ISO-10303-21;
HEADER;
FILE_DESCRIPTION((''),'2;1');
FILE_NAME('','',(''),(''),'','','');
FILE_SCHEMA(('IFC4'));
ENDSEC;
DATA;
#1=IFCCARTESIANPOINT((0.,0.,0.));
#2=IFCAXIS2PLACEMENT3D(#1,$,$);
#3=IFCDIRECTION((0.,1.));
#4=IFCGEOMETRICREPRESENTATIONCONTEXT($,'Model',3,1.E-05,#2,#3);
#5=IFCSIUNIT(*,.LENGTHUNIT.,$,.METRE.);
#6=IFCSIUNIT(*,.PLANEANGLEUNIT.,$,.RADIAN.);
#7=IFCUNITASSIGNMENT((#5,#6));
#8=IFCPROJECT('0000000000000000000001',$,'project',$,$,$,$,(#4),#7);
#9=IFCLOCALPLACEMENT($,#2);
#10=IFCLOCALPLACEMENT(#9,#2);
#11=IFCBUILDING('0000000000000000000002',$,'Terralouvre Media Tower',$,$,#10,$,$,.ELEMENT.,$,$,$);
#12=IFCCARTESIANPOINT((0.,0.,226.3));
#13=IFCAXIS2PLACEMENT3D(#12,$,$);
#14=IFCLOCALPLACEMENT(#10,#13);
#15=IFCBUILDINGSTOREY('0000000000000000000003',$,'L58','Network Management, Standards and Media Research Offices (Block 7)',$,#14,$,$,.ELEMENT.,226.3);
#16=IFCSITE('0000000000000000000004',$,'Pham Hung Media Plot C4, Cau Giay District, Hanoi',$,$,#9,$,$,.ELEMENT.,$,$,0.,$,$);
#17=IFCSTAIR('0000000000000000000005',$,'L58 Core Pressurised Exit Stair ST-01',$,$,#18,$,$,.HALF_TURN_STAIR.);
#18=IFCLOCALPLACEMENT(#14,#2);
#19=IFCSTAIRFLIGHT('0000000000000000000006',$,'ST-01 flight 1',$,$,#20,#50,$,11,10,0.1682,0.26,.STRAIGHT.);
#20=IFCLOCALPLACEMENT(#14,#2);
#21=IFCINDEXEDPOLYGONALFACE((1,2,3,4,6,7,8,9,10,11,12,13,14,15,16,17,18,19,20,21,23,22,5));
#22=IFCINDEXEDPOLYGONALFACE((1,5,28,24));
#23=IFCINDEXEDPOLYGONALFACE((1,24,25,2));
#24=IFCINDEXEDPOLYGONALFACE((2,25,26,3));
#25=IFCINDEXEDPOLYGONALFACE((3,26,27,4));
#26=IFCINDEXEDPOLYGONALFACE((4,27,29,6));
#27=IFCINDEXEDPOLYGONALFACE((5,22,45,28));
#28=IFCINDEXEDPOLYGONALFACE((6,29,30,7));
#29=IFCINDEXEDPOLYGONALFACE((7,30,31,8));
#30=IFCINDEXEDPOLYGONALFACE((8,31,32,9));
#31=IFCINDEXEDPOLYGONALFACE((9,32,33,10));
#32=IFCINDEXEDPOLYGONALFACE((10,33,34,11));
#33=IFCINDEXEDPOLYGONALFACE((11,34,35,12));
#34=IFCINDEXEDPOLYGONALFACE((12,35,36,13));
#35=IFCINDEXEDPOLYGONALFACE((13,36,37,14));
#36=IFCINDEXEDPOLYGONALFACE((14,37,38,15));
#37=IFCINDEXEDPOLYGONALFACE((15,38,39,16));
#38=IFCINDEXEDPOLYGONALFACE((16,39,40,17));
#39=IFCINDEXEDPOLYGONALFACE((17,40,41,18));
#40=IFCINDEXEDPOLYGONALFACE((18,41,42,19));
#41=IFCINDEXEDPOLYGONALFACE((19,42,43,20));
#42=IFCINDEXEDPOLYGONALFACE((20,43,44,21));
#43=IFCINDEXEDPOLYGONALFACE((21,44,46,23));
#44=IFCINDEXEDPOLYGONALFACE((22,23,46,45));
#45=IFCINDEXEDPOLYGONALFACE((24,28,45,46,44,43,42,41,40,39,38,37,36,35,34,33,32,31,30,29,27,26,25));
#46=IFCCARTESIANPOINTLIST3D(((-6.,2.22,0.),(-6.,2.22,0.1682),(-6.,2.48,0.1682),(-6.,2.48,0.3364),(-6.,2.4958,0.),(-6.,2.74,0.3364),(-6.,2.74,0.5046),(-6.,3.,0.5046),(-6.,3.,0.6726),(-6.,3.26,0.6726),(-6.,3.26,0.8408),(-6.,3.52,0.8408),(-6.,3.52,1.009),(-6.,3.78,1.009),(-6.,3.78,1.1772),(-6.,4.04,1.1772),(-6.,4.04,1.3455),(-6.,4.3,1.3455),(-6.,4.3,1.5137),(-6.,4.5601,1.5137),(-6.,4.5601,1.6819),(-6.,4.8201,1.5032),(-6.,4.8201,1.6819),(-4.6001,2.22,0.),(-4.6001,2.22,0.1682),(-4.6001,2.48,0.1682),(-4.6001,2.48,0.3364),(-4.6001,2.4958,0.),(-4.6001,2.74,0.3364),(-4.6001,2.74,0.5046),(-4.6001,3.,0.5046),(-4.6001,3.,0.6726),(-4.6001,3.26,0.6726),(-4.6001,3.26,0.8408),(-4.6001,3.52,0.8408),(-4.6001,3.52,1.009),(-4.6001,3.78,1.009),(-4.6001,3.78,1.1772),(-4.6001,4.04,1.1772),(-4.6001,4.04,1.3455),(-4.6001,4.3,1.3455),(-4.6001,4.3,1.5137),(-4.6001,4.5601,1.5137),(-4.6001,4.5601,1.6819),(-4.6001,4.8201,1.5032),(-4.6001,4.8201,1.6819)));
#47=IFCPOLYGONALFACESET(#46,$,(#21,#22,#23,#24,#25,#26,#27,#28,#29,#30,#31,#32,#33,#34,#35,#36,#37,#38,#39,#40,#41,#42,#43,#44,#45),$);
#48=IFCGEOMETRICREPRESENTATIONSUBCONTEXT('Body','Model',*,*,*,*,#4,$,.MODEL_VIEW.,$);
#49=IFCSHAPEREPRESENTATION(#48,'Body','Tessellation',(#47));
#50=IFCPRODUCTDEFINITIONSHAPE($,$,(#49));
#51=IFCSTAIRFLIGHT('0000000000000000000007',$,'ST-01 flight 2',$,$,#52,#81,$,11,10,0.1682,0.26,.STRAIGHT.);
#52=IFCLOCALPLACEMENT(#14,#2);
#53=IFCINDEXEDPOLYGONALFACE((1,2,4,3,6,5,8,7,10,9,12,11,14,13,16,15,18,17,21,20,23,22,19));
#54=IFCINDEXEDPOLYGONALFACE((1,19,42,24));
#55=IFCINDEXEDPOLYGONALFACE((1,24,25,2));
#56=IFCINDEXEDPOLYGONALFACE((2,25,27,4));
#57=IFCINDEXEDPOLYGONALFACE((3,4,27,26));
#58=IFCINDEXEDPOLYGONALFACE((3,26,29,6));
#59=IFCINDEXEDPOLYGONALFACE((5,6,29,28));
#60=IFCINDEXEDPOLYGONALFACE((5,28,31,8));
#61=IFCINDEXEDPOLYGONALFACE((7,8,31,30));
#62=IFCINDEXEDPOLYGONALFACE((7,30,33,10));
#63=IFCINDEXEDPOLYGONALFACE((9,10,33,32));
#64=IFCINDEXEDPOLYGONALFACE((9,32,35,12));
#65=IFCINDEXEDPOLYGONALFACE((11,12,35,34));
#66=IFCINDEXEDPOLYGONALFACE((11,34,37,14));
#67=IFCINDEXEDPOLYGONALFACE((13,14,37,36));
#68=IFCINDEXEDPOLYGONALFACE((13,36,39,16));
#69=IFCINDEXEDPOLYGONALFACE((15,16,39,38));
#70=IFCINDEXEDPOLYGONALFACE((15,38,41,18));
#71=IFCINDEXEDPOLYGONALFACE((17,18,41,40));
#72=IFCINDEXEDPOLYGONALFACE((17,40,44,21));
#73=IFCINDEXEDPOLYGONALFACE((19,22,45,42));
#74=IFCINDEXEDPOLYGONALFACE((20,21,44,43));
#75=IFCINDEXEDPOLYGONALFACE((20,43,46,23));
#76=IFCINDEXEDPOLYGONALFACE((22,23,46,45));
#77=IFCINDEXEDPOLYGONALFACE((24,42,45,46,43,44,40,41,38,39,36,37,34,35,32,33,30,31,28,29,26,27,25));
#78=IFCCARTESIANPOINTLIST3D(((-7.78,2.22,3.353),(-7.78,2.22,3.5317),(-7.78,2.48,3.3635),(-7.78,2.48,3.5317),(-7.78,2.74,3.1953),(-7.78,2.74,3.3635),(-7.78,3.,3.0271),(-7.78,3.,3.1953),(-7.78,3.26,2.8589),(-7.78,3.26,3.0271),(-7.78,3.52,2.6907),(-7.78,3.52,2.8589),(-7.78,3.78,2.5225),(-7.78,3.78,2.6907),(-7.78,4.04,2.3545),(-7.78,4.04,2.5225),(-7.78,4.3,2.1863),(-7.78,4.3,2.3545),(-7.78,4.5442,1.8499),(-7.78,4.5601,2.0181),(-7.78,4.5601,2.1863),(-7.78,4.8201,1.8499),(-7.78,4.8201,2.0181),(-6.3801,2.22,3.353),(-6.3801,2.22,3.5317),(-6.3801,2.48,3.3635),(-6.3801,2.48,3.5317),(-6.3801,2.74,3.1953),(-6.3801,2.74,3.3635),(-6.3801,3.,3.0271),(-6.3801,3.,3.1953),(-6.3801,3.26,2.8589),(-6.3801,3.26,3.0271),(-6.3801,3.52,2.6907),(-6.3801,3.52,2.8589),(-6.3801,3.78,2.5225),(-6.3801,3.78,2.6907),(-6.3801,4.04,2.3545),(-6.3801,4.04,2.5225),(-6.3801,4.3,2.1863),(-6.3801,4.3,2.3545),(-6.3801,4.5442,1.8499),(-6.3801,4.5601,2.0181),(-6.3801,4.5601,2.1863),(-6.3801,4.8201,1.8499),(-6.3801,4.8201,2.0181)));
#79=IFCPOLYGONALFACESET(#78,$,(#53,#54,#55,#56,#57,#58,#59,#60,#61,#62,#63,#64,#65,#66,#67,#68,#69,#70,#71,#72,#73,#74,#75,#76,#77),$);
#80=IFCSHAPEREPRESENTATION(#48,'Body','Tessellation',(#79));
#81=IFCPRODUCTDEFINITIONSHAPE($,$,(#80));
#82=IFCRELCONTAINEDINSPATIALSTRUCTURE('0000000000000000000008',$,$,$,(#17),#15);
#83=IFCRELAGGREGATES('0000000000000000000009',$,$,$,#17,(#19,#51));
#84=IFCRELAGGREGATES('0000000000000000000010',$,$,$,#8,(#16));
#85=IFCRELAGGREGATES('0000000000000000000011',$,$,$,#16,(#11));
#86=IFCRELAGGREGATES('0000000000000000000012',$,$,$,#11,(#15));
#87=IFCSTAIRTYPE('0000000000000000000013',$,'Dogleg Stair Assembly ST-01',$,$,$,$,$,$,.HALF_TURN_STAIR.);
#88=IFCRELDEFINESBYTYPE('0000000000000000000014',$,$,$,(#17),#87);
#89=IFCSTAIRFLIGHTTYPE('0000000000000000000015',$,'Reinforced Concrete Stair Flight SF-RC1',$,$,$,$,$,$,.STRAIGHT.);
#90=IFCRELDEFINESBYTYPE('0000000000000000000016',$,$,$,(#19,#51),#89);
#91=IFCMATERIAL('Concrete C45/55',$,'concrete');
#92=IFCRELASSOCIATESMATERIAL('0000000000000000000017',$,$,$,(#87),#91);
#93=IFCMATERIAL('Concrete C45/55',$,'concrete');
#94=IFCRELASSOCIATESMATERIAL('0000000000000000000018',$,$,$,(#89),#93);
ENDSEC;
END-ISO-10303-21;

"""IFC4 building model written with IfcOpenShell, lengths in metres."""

from ifc_helpers import new_model, si_unit, direction, frame, origin, place, context, subcontext, project, spatial, polyline, outline, extrude, material, type_object, element, aggregate, save


model = new_model("IFC4")

# Units and contexts
model_context = context("Model", 3, precision=1e-05, world=origin(), true_north=direction((0.0, 1.0)))
body_context = subcontext(model_context, "Body", "Model", "MODEL_VIEW")
ifc_project = project(units=[si_unit("LENGTHUNIT", "METRE"), si_unit("PLANEANGLEUNIT", "RADIAN")], contexts=[model_context])

# Site, building, storey
site_placement = place(None, origin())
site = spatial("IfcSite", under=ifc_project, at=site_placement, Name="Pham Hung Media Plot C4, Cau Giay District, Hanoi", CompositionType="ELEMENT", RefElevation=0.0)
building_placement = place(site_placement, origin())
building = spatial("IfcBuilding", under=site, at=building_placement, Name="Terralouvre Media Tower", CompositionType="ELEMENT")
storey_placement = place(building_placement, frame((0.0, 0.0, 226.3)))
storey = spatial("IfcBuildingStorey", under=building, at=storey_placement, Name="L58", Description="Network Management, Standards and Media Research Offices (Block 7)", CompositionType="ELEMENT", Elevation=226.3)

# Stair, stair flights
ifc_material_1 = material(Name="Concrete C45/55", Category="concrete")
stair_type = type_object("IfcStairType", Name="Dogleg Stair Assembly ST-01", PredefinedType="HALF_TURN_STAIR", material=ifc_material_1)
stair_placement = place(storey_placement, origin())
stair = element("IfcStair", 1, at=stair_placement, inside=storey, type_object=stair_type, Name="L58 Core Pressurised Exit Stair ST-01", PredefinedType="HALF_TURN_STAIR")
ifc_material_2 = material(Name="Concrete C45/55", Category="concrete")
stair_flight_type = type_object("IfcStairFlightType", Name="Reinforced Concrete Stair Flight SF-RC1", PredefinedType="STRAIGHT", material=ifc_material_2)
stair_flight_1_placement = place(storey_placement, frame((-5.3, 2.22, 0.0), z_axis=(0.0, 0.0, 1.0), x_axis=(0.0, 1.0, 0.0)))
stair_flight_1 = element("IfcStairFlight", 2, at=stair_flight_1_placement, type_object=stair_flight_type, Name="ST-01 flight 1", NumberOfRisers=11, NumberOfTreads=10, PredefinedType="STRAIGHT", RiserHeight=0.1682, TreadLength=0.26, context=body_context, shape_type="SweptSolid", body=[
    extrude(outline(polyline([(0.0, 0.0), (0.0, 0.1682), (0.26, 0.1682), (0.26, 0.3364), (0.52, 0.3364), (0.52, 0.5046), (0.78, 0.5046), (0.78, 0.6726), (1.04, 0.6726), (1.04, 0.8408), (1.3, 0.8408), (1.3, 1.009), (1.5601, 1.009), (1.5601, 1.1772), (1.8201, 1.1772), (1.8201, 1.3455), (2.0801, 1.3455), (2.0801, 1.5137), (2.3401, 1.5137), (2.3401, 1.6819), (2.6001, 1.6819), (2.6001, 1.8501), (2.6001, 1.5032), (0.2759, 0.0), (0.0, 0.0)])), frame((0.0, 0.7, 0.0), z_axis=(0.0, -1.0, 0.0), x_axis=(1.0, 0.0, 0.0)), (0.0, 0.0, 1.0), 1.3999),
])
stair_flight_2_placement = place(storey_placement, frame((-7.0801, 4.8201, 1.8499), z_axis=(0.0, 0.0, 1.0), x_axis=(0.0, -1.0, 0.0)))
stair_flight_2 = element("IfcStairFlight", 3, at=stair_flight_2_placement, type_object=stair_flight_type, Name="ST-01 flight 2", NumberOfRisers=11, NumberOfTreads=10, PredefinedType="STRAIGHT", RiserHeight=0.1682, TreadLength=0.26, context=body_context, shape_type="SweptSolid", body=[
    extrude(outline(polyline([(0.0, 0.0), (0.0, 0.1682), (0.26, 0.1682), (0.26, 0.3364), (0.52, 0.3364), (0.52, 0.5046), (0.78, 0.5046), (0.78, 0.6726), (1.04, 0.6726), (1.04, 0.8408), (1.3, 0.8408), (1.3, 1.009), (1.5601, 1.009), (1.5601, 1.1772), (1.8201, 1.1772), (1.8201, 1.3455), (2.0801, 1.3455), (2.0801, 1.5137), (2.3401, 1.5137), (2.3401, 1.6819), (2.6001, 1.6819), (2.6001, 1.8501), (2.6001, 1.5032), (0.2759, 0.0), (0.0, 0.0)])), frame((0.0, 0.7, 0.0), z_axis=(0.0, -1.0, 0.0), x_axis=(1.0, 0.0, 0.0)), (0.0, 0.0, 1.0), 1.3999),
])
aggregate(stair, [stair_flight_1, stair_flight_2])

save(model, "model.ifc")
